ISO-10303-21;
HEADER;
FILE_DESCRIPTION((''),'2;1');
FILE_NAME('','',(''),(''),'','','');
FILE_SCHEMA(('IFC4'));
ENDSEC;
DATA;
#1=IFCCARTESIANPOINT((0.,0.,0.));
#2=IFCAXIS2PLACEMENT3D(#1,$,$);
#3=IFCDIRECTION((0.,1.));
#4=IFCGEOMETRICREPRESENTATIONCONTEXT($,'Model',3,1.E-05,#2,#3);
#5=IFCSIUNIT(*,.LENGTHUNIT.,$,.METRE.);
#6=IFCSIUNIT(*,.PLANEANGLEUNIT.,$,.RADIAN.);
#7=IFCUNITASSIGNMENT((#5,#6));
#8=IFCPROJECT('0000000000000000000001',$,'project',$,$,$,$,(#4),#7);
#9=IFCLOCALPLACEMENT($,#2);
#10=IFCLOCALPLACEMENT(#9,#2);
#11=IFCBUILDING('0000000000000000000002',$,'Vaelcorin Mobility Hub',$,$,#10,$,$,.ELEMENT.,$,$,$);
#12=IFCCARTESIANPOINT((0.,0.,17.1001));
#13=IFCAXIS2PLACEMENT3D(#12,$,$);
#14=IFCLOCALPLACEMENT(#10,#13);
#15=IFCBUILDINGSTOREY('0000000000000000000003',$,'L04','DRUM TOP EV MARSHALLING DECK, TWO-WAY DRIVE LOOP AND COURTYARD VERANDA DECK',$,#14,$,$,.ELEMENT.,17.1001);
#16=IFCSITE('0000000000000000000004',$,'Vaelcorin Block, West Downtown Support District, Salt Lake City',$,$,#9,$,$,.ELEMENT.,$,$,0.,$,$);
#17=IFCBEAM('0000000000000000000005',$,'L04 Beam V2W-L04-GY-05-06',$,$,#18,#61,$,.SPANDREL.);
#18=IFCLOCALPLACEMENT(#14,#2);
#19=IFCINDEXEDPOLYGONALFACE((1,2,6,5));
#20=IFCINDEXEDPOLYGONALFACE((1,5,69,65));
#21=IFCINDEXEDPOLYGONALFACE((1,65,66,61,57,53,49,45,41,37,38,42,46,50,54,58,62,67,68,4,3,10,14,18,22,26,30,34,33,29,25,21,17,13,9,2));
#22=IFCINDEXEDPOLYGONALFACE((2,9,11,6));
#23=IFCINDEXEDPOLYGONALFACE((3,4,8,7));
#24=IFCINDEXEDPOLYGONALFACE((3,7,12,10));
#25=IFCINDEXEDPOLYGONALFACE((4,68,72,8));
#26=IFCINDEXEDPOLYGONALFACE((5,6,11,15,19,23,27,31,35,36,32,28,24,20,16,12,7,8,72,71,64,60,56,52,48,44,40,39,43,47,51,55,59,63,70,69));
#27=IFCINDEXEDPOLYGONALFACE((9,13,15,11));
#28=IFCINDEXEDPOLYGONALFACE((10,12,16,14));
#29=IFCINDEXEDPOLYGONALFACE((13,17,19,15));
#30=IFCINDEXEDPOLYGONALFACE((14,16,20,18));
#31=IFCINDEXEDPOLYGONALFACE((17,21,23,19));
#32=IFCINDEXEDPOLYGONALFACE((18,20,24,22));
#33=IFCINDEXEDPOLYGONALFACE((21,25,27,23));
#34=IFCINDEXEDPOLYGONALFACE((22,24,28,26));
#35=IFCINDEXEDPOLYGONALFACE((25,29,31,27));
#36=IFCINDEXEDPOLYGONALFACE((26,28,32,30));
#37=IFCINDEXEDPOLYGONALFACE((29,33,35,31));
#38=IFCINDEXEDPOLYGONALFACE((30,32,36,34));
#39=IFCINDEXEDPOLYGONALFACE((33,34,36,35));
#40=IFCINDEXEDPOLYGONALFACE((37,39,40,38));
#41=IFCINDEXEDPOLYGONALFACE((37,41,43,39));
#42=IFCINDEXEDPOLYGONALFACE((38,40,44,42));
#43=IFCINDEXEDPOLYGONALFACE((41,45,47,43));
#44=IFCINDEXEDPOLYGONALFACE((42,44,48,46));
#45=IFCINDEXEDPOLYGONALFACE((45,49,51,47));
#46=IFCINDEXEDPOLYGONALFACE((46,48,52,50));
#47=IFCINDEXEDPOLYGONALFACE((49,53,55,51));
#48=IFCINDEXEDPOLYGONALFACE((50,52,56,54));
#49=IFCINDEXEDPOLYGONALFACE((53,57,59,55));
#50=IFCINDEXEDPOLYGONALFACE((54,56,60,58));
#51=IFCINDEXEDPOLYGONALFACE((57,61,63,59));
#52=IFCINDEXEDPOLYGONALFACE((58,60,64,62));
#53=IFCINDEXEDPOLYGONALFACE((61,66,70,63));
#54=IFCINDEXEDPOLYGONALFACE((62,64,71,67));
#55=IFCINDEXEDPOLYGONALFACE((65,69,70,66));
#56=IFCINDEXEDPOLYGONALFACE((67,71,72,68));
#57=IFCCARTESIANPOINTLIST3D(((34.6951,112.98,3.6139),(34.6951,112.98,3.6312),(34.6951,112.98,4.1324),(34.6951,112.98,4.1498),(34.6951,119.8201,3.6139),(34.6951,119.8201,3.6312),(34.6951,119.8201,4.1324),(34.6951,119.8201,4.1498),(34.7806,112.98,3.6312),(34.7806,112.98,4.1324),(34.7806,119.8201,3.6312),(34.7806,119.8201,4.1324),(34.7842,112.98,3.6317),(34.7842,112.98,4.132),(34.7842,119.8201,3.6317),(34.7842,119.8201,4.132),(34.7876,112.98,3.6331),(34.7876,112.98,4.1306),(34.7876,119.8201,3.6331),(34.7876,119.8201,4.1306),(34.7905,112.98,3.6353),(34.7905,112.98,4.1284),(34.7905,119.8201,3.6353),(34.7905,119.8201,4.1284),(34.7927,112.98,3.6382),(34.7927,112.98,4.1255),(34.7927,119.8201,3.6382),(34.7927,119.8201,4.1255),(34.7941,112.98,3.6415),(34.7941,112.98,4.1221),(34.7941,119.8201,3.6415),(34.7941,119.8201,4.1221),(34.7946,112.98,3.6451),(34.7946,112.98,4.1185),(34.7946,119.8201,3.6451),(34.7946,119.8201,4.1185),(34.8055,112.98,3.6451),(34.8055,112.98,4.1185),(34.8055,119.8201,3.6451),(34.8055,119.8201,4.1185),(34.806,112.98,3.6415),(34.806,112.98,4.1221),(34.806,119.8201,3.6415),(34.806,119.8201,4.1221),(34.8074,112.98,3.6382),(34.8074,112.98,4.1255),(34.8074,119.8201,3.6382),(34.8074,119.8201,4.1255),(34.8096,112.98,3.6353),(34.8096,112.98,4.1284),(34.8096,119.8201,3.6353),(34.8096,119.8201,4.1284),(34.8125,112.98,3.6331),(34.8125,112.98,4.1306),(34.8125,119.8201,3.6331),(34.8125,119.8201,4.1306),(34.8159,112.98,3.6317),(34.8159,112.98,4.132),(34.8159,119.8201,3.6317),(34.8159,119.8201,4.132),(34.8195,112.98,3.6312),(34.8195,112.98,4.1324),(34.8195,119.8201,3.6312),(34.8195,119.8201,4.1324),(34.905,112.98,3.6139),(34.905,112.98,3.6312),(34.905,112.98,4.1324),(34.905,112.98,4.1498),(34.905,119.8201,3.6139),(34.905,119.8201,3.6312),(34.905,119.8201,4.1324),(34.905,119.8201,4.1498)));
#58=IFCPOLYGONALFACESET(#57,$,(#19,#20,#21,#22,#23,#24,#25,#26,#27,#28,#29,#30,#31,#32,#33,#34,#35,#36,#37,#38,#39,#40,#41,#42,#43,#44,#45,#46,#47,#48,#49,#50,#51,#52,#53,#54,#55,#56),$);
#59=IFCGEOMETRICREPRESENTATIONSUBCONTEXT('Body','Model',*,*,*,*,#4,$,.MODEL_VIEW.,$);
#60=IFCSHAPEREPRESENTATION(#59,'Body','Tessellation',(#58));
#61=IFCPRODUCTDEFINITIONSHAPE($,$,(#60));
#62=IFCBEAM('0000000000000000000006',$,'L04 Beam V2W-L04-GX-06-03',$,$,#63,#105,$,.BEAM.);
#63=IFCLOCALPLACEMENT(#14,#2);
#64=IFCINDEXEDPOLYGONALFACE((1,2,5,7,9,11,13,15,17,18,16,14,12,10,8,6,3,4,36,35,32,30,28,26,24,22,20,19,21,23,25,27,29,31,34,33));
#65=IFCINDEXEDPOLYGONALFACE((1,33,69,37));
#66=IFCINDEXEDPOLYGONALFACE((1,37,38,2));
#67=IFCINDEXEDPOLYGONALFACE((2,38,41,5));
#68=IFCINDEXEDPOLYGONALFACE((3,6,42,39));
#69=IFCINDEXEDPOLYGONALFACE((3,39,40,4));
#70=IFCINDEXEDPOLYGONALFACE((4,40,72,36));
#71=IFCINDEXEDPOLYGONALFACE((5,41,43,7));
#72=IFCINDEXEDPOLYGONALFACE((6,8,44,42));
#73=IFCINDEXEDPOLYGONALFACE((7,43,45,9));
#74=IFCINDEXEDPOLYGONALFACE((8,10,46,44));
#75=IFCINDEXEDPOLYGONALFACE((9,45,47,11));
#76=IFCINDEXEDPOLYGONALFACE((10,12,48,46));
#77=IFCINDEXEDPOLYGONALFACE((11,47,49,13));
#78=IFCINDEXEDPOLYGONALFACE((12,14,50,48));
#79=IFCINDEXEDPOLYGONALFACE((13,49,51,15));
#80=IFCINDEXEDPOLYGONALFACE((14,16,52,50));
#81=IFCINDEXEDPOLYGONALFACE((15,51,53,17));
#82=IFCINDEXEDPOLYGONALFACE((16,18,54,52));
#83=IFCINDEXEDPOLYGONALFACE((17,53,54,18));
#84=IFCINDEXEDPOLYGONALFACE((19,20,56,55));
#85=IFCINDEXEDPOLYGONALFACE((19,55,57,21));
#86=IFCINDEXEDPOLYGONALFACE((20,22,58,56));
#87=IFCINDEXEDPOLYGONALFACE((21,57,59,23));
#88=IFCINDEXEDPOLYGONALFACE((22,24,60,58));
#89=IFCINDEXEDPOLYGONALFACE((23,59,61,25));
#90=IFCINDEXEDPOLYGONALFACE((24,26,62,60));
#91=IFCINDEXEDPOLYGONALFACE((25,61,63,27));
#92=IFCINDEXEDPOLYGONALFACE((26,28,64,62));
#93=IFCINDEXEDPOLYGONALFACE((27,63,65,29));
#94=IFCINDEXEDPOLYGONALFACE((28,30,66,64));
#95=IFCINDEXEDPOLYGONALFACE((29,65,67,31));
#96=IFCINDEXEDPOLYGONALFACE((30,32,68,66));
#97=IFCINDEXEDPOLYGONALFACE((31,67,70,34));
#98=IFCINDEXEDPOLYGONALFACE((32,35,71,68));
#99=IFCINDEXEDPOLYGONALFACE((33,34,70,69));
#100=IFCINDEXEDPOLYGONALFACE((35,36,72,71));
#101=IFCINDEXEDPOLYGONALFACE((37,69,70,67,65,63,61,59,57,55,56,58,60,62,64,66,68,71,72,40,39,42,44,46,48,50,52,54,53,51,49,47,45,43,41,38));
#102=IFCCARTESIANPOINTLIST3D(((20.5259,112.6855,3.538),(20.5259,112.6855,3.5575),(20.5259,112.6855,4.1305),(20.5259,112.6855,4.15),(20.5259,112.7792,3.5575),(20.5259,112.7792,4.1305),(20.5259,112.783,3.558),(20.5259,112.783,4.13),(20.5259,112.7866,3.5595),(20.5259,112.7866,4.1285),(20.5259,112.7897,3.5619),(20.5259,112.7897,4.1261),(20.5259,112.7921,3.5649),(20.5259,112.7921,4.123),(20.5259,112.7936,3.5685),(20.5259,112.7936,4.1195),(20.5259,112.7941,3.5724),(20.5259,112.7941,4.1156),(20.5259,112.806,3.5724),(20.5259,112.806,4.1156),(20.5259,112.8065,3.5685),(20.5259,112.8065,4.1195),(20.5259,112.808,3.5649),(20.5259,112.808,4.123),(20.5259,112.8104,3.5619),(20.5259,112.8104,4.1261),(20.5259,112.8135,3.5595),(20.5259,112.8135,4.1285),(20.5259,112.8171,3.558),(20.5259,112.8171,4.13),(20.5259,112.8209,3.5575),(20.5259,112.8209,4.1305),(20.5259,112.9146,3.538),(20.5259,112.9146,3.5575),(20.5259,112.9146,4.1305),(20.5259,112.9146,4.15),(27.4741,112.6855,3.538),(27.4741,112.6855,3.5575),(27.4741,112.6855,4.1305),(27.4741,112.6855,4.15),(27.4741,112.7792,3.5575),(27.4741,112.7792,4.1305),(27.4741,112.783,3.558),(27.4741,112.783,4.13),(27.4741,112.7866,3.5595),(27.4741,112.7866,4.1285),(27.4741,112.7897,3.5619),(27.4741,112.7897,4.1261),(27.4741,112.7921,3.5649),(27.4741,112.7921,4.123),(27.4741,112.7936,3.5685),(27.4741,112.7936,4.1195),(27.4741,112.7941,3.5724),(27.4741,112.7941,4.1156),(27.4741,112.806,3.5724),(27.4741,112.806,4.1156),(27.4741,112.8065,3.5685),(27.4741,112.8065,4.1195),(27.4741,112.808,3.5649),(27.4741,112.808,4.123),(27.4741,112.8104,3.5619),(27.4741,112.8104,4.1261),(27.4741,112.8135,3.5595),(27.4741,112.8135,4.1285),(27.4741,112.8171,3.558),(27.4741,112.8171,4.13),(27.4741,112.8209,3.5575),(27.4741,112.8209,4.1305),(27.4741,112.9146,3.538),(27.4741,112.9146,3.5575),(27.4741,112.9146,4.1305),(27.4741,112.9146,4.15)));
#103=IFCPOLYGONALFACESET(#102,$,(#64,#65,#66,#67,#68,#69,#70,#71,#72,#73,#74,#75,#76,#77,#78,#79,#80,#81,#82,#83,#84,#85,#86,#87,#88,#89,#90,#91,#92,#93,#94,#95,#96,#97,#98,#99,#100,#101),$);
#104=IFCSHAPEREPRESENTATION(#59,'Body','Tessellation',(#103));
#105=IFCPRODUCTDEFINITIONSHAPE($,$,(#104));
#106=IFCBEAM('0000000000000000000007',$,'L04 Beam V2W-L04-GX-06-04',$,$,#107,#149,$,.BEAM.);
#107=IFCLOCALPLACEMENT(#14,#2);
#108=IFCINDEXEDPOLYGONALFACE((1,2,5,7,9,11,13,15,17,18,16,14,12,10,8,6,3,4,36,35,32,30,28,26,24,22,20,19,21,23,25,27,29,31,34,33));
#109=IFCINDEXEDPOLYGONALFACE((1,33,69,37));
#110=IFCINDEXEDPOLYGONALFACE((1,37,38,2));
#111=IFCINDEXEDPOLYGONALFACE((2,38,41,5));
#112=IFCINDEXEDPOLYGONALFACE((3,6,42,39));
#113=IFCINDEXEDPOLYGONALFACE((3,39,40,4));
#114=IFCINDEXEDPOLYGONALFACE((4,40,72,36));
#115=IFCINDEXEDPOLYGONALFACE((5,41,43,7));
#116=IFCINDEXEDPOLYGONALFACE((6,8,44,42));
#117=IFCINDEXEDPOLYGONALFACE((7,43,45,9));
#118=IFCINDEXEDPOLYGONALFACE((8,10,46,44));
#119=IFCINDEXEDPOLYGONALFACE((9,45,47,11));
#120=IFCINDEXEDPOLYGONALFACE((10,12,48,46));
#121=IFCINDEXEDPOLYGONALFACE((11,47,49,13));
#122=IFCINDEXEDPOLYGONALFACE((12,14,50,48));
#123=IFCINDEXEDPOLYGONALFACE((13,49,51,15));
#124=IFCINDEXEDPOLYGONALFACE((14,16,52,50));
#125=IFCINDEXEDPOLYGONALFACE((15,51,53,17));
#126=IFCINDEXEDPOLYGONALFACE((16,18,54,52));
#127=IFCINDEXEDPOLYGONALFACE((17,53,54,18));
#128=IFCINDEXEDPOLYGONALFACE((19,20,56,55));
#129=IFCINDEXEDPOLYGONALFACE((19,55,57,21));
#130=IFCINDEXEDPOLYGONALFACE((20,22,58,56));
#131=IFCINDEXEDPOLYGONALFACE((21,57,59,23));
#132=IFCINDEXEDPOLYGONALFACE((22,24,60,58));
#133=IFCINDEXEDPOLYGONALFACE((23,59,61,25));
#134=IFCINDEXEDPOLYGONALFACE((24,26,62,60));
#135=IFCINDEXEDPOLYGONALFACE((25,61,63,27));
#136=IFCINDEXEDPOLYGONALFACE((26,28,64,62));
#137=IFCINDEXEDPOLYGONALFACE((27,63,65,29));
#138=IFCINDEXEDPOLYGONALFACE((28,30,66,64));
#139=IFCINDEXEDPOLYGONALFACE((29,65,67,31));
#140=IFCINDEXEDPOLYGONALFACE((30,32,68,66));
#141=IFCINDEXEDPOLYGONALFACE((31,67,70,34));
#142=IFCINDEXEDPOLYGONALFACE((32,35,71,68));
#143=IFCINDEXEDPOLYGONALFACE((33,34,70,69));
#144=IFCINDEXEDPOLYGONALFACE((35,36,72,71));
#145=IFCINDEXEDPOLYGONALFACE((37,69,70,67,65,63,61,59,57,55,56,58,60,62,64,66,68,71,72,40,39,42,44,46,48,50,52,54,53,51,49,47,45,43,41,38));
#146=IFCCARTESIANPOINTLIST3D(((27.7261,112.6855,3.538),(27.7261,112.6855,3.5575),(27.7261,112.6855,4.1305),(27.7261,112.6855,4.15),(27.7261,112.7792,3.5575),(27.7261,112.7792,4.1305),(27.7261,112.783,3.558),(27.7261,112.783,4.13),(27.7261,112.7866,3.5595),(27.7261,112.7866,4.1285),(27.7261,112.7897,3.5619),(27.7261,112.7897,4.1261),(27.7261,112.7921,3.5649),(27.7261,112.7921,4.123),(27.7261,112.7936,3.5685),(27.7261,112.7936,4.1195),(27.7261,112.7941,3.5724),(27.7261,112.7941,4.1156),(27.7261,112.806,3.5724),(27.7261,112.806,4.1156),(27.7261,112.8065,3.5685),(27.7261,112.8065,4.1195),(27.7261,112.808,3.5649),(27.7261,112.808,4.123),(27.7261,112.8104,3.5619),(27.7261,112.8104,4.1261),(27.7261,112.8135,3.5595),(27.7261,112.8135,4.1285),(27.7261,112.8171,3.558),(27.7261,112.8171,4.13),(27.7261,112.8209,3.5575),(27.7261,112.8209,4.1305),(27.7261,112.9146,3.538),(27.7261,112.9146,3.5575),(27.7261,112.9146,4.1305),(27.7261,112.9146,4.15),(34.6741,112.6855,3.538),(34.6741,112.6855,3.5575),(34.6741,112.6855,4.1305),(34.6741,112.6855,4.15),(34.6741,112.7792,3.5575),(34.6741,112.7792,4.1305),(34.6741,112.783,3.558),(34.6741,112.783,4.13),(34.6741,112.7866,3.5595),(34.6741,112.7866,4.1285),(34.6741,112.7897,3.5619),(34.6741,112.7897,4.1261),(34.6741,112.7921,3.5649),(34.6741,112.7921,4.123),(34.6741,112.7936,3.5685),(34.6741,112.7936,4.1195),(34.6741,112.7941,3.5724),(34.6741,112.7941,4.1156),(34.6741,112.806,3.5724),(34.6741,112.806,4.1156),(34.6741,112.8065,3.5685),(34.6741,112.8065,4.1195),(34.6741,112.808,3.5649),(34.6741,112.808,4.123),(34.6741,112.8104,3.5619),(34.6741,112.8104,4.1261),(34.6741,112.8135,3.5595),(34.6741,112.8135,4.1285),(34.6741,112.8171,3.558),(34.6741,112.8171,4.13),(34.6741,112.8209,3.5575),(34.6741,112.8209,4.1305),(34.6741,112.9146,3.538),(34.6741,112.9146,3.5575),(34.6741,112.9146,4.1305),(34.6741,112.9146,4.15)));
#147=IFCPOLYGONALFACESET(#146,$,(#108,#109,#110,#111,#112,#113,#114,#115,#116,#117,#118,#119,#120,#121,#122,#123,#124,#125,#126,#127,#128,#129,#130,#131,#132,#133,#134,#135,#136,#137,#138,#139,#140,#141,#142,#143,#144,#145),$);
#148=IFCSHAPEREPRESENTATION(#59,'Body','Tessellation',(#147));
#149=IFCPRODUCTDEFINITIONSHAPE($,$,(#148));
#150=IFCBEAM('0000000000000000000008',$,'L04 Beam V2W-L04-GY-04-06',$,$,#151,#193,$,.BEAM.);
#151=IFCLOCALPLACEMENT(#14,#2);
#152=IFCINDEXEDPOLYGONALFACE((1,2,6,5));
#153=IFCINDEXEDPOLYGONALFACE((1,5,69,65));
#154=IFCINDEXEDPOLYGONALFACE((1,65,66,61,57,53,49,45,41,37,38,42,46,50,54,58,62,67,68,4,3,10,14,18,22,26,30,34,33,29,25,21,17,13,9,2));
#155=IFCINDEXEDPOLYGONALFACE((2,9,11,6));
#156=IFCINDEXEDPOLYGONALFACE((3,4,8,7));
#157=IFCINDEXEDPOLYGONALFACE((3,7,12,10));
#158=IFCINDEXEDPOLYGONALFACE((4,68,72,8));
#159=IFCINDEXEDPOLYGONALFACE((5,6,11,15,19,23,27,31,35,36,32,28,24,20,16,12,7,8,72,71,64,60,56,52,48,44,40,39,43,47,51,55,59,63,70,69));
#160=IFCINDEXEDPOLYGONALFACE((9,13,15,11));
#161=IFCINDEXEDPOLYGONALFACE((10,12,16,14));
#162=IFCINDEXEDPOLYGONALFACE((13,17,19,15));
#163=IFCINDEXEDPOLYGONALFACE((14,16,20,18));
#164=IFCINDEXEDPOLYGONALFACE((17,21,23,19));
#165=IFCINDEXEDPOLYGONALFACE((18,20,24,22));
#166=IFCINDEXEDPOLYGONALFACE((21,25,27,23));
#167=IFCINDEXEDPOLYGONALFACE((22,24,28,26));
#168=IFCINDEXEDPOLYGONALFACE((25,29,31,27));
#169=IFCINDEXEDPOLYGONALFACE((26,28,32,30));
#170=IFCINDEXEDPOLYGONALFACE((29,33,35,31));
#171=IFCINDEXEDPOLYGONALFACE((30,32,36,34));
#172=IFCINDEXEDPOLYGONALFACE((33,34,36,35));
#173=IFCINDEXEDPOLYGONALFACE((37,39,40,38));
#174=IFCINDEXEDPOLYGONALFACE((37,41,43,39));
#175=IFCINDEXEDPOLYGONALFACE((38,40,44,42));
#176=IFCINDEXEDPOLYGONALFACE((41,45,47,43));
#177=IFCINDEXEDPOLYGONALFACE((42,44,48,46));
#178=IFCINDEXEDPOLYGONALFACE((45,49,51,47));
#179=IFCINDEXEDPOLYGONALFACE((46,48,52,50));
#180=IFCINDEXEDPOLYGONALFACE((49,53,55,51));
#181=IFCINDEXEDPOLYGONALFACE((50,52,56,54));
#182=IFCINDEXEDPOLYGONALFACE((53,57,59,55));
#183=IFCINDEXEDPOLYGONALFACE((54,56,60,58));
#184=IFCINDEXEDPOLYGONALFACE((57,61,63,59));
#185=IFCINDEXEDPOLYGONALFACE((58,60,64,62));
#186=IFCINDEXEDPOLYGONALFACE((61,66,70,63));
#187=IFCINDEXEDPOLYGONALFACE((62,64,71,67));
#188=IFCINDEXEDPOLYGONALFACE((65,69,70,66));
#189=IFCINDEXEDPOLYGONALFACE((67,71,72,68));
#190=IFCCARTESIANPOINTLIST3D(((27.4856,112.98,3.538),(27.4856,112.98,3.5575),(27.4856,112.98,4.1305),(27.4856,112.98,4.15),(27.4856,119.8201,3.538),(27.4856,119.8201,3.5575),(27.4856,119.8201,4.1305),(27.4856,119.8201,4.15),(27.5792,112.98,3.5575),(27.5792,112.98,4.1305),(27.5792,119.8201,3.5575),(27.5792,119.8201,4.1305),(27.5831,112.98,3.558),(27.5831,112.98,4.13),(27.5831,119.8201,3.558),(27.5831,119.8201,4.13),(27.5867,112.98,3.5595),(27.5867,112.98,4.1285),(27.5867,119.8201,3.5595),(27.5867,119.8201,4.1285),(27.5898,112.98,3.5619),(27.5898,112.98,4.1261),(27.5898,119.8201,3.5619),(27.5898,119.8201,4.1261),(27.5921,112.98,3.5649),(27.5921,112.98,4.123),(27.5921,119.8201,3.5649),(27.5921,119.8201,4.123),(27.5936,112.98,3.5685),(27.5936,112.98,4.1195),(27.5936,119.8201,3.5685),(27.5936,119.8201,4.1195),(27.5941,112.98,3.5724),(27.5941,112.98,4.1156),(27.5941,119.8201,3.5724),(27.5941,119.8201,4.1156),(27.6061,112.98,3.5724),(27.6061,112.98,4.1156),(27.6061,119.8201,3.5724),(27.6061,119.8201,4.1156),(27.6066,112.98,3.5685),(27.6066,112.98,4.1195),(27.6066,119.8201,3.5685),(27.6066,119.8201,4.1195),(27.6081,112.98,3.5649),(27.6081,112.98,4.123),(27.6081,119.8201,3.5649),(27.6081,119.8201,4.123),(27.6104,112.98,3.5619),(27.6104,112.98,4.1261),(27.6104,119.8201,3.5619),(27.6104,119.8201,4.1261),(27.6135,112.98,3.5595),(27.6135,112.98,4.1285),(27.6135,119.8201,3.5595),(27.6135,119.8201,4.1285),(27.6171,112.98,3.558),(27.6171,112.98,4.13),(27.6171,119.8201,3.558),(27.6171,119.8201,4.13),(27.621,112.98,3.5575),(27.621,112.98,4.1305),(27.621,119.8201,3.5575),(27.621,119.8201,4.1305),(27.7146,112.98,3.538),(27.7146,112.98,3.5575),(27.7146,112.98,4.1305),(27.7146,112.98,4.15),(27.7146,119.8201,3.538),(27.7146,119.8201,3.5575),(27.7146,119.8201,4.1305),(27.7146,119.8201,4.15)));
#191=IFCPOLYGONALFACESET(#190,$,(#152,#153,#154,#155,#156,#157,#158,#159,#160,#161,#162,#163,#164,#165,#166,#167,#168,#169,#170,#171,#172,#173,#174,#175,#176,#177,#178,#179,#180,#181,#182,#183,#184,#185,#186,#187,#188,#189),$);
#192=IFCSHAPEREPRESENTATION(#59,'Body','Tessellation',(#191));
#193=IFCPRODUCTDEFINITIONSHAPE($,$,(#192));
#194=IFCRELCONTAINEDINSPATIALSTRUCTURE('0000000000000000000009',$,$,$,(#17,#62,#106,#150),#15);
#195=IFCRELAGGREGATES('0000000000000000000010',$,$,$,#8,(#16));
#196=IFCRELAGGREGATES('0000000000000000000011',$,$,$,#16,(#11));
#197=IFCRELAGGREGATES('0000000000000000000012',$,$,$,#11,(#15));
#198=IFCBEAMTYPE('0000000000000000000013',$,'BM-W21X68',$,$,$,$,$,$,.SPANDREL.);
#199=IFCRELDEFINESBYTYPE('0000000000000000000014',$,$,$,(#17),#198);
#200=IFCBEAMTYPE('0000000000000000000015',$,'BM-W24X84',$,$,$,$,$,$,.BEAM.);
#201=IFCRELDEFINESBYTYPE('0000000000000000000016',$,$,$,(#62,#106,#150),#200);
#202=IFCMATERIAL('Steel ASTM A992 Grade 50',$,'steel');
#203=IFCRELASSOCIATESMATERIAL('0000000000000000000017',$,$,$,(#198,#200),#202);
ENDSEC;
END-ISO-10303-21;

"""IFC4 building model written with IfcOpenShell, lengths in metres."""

from ifc_helpers import new_model, si_unit, direction, frame, origin, origin_2d, place, context, subcontext, project, spatial, i_section, extrude, material, material_profile, profile_set, type_object, element, save


model = new_model("IFC4")

# Units and contexts
model_context = context("Model", 3, precision=1e-05, world=origin(), true_north=direction((0.0, 1.0)))
body_context = subcontext(model_context, "Body", "Model", "MODEL_VIEW")
ifc_project = project(units=[si_unit("LENGTHUNIT", "METRE"), si_unit("PLANEANGLEUNIT", "RADIAN")], contexts=[model_context])

# Site, building, storey
site_placement = place(None, origin())
site = spatial("IfcSite", under=ifc_project, at=site_placement, Name="Vaelcorin Block, West Downtown Support District, Salt Lake City", CompositionType="ELEMENT", RefElevation=0.0)
building_placement = place(site_placement, origin())
building = spatial("IfcBuilding", under=site, at=building_placement, Name="Vaelcorin Mobility Hub", CompositionType="ELEMENT")
storey_placement = place(building_placement, frame((0.0, 0.0, 17.1001)))
storey = spatial("IfcBuildingStorey", under=building, at=storey_placement, Name="L04", Description="DRUM TOP EV MARSHALLING DECK, TWO-WAY DRIVE LOOP AND COURTYARD VERANDA DECK", CompositionType="ELEMENT", Elevation=17.1001)

# Shared definitions
ifc_material_1 = material(Name="Steel ASTM A992 Grade 50", Category="steel")

# Beams
ifc_material_profile_1 = material_profile(ifc_material_1, i_section(OverallWidth=0.21, OverallDepth=0.5359, WebThickness=0.011, FlangeThickness=0.0173, FilletRadius=0.0139, at=origin_2d()), Name="W21X68")
ifc_profile_set_1 = profile_set([ifc_material_profile_1], Name="Steel ASTM A992 Grade 50")
beam_type_1 = type_object("IfcBeamType", Name="BM-W21X68", PredefinedType="SPANDREL", material=ifc_profile_set_1)
for number, where, z_axis, x_axis, name in (
    (1, (34.8, 112.98, 3.8818), (0.0, 1.0, 0.0), (-1.0, 0.0, 0.0), "L04 Beam V2W-L04-GY-05-06"),
):
    element("IfcBeam", number, at=place(storey_placement, frame(where, z_axis=z_axis, x_axis=x_axis)), inside=storey, type_object=beam_type_1, Name=name, PredefinedType="SPANDREL", context=body_context, shape_type="SweptSolid", body=[
        extrude(i_section(OverallWidth=0.21, OverallDepth=0.5359, WebThickness=0.011, FlangeThickness=0.0173, FilletRadius=0.0139, at=origin_2d()), origin(), (0.0, 0.0, 1.0), 6.8401),
    ])
ifc_material_profile_2 = material_profile(ifc_material_1, i_section(OverallWidth=0.229, OverallDepth=0.6121, WebThickness=0.012, FlangeThickness=0.0195, FilletRadius=0.0149, at=origin_2d()), Name="W24X84")
ifc_profile_set_2 = profile_set([ifc_material_profile_2], Name="Steel ASTM A992 Grade 50")
beam_type_2 = type_object("IfcBeamType", Name="BM-W24X84", PredefinedType="BEAM", material=ifc_profile_set_2)
beam_1_placement = place(storey_placement, frame((20.5259, 112.8, 3.844), z_axis=(1.0, 0.0, 0.0), x_axis=(0.0, 1.0, 0.0)))
element("IfcBeam", 2, at=beam_1_placement, inside=storey, type_object=beam_type_2, Name="L04 Beam V2W-L04-GX-06-03", PredefinedType="BEAM", context=body_context, shape_type="SweptSolid", body=[
    extrude(i_section(OverallWidth=0.229, OverallDepth=0.6121, WebThickness=0.012, FlangeThickness=0.0195, FilletRadius=0.0149, at=origin_2d()), origin(), (0.0, 0.0, 1.0), 6.9482),
])
beam_2_placement = place(storey_placement, frame((27.7261, 112.8, 3.844), z_axis=(1.0, 0.0, 0.0), x_axis=(0.0, 1.0, 0.0)))
element("IfcBeam", 3, at=beam_2_placement, inside=storey, type_object=beam_type_2, Name="L04 Beam V2W-L04-GX-06-04", PredefinedType="BEAM", context=body_context, shape_type="SweptSolid", body=[
    extrude(i_section(OverallWidth=0.229, OverallDepth=0.6121, WebThickness=0.012, FlangeThickness=0.0195, FilletRadius=0.0149, at=origin_2d()), origin(), (0.0, 0.0, 1.0), 6.948),
])
beam_3_placement = place(storey_placement, frame((27.6001, 112.98, 3.844), z_axis=(0.0, 1.0, 0.0), x_axis=(-1.0, 0.0, 0.0)))
element("IfcBeam", 4, at=beam_3_placement, inside=storey, type_object=beam_type_2, Name="L04 Beam V2W-L04-GY-04-06", PredefinedType="BEAM", context=body_context, shape_type="SweptSolid", body=[
    extrude(i_section(OverallWidth=0.229, OverallDepth=0.6121, WebThickness=0.012, FlangeThickness=0.0195, FilletRadius=0.0149, at=origin_2d()), origin(), (0.0, 0.0, 1.0), 6.8401),
])

save(model, "model.ifc")
